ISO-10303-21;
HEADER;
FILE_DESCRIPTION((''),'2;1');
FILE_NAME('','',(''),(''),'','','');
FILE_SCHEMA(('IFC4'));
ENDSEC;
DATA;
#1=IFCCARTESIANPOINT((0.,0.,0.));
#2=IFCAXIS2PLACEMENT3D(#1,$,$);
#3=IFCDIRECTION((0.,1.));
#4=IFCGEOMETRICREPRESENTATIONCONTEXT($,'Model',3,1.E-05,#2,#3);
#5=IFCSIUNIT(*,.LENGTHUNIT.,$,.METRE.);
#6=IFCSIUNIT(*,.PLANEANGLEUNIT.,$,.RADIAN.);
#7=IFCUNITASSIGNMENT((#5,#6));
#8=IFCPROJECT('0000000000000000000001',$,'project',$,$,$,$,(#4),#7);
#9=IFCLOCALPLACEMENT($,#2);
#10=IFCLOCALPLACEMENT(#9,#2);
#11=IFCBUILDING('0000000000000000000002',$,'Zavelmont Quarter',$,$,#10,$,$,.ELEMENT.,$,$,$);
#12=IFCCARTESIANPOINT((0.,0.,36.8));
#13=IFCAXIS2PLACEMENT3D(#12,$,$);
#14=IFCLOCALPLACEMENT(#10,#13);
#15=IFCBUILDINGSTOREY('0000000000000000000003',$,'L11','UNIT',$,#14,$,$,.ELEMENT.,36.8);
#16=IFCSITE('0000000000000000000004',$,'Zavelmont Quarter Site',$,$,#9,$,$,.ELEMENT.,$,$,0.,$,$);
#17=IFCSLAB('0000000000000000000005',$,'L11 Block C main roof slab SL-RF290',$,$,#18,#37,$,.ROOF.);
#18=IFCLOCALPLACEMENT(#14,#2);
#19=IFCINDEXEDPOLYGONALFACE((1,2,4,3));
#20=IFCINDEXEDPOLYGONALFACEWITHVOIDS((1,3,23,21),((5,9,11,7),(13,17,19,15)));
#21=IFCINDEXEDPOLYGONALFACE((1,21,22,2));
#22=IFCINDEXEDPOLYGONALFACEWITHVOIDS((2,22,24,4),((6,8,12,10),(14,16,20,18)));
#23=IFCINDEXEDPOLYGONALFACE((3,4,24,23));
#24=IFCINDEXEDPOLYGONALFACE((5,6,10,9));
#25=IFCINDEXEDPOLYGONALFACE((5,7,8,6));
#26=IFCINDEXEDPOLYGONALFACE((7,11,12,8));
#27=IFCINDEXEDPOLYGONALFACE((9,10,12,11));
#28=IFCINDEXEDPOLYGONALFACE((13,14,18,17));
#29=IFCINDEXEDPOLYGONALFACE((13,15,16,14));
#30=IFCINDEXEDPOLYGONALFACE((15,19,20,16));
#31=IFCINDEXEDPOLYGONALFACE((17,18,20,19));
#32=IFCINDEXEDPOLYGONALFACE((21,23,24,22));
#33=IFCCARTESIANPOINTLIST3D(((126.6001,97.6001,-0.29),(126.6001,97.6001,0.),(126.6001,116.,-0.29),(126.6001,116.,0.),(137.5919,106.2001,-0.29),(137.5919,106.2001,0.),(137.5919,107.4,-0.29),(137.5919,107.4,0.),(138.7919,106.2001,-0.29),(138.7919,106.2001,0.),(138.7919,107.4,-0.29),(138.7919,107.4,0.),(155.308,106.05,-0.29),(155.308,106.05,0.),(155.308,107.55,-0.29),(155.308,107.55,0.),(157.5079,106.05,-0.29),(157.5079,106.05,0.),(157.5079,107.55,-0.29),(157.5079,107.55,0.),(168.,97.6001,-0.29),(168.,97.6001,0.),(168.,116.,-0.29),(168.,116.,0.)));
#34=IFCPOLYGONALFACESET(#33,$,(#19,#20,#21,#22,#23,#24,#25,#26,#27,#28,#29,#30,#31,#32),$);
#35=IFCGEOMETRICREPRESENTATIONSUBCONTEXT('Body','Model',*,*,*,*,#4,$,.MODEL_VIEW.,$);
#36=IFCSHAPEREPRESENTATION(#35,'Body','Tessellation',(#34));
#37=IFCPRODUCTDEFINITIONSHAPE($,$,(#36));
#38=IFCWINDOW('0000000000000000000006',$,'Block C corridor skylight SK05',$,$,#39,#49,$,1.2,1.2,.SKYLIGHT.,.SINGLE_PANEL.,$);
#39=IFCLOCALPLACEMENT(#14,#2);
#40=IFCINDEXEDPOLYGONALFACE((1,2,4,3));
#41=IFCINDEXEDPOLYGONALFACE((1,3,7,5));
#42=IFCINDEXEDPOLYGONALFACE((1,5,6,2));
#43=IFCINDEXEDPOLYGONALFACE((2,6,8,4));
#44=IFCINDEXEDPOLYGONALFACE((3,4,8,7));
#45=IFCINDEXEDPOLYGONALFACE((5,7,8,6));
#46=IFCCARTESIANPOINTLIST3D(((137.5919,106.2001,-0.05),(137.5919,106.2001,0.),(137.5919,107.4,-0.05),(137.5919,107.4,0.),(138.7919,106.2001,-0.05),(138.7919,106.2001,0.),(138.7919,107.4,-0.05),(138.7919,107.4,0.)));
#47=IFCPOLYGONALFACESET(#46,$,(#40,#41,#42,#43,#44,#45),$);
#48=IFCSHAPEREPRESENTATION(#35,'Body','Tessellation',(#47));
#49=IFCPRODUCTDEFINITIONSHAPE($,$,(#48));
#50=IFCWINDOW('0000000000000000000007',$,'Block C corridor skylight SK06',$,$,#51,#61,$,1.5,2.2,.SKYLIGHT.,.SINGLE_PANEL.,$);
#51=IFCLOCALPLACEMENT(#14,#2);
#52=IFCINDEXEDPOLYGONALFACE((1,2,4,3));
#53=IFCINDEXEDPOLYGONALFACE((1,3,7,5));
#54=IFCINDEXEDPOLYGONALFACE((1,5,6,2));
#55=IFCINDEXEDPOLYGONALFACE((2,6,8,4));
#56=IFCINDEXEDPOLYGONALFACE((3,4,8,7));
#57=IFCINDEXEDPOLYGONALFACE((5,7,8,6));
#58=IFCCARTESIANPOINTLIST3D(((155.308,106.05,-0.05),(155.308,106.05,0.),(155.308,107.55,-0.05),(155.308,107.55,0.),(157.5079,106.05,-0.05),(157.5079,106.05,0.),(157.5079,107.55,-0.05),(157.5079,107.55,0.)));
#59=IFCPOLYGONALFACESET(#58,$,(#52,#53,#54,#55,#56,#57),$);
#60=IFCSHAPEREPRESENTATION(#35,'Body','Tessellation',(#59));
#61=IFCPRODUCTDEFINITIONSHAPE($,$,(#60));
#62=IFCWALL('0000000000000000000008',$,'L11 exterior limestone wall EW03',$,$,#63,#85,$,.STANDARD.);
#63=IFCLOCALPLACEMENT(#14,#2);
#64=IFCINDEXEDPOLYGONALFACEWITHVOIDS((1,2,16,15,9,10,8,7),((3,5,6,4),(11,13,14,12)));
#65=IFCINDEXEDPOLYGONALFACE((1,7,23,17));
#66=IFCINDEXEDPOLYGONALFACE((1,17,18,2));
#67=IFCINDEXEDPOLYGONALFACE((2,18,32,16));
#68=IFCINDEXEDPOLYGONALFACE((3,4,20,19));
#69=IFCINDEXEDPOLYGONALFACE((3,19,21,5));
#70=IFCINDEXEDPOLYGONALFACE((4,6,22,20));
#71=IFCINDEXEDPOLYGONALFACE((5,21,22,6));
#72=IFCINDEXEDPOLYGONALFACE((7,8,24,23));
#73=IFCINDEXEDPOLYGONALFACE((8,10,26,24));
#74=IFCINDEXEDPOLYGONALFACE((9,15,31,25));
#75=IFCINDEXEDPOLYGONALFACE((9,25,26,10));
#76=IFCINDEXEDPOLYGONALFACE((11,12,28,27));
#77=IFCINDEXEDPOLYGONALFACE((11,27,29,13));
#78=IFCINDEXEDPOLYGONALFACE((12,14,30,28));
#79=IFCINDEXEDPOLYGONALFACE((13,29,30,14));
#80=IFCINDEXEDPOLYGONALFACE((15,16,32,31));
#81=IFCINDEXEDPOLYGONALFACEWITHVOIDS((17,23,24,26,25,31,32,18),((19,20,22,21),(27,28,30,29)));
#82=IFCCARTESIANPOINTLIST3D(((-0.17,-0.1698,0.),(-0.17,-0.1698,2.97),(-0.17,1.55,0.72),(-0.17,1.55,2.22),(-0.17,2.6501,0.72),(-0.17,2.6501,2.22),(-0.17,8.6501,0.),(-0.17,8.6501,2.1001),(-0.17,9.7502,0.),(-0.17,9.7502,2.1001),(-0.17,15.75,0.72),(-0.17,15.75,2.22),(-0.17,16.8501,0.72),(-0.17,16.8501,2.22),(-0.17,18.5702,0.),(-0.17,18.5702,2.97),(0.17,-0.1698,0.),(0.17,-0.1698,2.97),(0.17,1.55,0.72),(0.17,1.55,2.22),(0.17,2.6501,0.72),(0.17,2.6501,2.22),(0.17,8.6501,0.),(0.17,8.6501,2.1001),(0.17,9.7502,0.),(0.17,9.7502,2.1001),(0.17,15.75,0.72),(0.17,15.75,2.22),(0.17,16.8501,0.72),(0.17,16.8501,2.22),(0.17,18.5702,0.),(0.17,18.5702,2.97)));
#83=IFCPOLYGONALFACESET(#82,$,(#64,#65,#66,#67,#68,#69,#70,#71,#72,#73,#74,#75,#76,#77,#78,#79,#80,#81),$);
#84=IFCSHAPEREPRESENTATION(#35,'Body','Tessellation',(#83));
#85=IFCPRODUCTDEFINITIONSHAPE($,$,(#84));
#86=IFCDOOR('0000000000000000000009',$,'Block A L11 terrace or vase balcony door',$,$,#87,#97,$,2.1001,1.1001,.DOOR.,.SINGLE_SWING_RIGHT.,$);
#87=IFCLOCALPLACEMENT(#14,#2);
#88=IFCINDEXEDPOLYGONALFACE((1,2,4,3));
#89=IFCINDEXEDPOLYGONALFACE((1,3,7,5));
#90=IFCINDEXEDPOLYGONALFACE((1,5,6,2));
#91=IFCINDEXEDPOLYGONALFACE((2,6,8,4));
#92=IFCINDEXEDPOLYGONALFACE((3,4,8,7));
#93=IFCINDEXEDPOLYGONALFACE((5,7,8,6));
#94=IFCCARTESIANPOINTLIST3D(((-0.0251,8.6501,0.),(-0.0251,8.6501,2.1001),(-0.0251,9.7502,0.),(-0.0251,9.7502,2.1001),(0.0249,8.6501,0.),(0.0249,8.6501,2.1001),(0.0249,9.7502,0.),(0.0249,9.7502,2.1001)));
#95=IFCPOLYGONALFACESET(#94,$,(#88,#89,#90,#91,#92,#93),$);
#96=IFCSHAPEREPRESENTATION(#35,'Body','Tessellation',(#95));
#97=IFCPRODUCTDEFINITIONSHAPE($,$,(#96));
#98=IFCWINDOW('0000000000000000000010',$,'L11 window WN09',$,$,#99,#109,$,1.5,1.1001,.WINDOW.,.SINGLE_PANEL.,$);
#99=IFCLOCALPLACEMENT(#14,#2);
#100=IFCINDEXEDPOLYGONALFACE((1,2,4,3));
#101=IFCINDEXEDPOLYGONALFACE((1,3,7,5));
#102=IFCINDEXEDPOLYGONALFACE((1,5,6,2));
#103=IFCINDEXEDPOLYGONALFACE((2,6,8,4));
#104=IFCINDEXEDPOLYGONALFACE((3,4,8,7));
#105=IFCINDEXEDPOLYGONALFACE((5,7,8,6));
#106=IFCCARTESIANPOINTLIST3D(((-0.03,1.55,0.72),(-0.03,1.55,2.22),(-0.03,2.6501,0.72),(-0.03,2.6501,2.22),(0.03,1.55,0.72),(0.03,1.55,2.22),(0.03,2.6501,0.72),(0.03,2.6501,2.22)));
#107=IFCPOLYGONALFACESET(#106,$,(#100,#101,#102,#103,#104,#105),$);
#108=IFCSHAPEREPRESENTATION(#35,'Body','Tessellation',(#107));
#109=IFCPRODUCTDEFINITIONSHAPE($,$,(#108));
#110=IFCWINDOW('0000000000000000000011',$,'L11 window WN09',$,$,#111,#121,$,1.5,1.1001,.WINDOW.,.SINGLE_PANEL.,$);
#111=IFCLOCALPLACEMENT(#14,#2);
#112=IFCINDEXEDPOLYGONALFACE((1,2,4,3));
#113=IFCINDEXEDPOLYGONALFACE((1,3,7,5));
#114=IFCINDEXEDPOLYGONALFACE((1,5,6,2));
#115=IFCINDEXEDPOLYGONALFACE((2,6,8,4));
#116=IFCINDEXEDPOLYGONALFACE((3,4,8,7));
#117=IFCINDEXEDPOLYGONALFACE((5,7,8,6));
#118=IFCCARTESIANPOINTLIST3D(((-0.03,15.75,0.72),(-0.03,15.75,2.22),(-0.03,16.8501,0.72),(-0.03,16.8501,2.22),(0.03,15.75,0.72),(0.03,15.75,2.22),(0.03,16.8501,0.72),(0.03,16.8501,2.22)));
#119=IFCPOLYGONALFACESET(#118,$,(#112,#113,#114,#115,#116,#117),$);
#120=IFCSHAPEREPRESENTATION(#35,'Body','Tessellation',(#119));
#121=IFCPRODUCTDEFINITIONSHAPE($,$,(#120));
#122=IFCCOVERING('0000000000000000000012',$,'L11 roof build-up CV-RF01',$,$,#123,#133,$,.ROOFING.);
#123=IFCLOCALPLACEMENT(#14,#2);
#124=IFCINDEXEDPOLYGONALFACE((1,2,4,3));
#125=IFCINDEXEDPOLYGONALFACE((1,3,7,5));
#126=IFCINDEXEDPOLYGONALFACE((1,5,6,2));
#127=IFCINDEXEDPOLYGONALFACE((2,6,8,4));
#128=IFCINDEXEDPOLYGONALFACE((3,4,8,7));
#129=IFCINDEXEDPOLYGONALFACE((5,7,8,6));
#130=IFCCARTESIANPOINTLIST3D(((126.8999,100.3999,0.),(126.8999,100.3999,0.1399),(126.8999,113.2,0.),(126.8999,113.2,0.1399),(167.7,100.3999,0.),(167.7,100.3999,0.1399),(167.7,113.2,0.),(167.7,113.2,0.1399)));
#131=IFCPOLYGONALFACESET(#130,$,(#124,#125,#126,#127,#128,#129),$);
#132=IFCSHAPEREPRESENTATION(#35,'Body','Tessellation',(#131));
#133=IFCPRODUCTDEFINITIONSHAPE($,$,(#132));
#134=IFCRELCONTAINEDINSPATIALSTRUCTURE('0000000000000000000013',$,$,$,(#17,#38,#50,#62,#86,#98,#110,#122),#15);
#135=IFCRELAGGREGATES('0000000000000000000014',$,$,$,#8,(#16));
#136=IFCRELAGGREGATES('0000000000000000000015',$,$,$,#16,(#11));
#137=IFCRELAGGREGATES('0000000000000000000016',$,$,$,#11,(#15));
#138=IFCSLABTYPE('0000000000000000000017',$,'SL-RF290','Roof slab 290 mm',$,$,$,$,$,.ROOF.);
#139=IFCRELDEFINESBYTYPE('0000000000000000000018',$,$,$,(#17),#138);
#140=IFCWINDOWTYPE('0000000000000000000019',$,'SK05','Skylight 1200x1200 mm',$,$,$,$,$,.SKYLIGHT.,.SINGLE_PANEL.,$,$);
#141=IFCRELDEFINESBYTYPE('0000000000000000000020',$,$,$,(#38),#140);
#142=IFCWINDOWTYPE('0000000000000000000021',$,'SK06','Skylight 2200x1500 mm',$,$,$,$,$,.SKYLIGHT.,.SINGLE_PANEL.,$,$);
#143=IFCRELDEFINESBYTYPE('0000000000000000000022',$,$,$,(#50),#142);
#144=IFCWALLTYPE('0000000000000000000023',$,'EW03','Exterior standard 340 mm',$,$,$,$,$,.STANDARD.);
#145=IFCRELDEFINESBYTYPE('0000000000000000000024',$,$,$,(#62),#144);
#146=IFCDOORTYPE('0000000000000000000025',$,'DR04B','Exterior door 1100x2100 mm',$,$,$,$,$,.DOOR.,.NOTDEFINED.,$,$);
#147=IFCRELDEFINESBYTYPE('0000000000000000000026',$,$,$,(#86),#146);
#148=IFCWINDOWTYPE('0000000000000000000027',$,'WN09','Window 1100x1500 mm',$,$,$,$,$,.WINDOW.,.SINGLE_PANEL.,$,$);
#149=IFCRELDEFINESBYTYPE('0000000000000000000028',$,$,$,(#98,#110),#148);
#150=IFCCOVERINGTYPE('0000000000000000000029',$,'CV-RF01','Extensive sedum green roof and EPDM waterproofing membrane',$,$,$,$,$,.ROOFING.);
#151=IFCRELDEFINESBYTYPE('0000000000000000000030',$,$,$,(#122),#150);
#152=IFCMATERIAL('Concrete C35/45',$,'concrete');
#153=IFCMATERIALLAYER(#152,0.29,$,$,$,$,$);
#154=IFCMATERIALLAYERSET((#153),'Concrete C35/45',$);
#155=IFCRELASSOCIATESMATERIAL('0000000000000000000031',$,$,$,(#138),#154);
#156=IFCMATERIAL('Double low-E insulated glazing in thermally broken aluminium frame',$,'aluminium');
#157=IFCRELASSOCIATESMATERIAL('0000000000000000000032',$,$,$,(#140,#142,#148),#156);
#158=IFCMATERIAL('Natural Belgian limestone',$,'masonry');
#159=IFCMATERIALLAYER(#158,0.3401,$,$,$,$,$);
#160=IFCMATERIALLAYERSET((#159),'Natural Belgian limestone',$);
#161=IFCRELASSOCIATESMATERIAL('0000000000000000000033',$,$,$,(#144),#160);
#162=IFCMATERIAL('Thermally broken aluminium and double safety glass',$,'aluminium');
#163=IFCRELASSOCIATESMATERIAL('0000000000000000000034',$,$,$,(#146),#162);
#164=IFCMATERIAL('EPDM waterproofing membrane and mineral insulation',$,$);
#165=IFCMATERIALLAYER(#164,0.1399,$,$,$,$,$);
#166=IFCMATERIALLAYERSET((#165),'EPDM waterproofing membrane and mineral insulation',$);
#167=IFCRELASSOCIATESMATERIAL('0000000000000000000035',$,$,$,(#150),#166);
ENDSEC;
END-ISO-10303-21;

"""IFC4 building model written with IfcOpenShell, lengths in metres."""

from ifc_helpers import new_model, si_unit, direction, frame, frame_2d, origin, origin_with_axes, origin_2d, place, context, subcontext, project, spatial, polyline, rectangle, outline, extrude, material, layer, layer_set, type_object, element, fill, save


model = new_model("IFC4")

# Units and contexts
model_context = context("Model", 3, precision=1e-05, world=origin(), true_north=direction((0.0, 1.0)))
body_context = subcontext(model_context, "Body", "Model", "MODEL_VIEW")
ifc_project = project(units=[si_unit("LENGTHUNIT", "METRE"), si_unit("PLANEANGLEUNIT", "RADIAN")], contexts=[model_context])

# Site, building, storey
site_placement = place(None, origin())
site = spatial("IfcSite", under=ifc_project, at=site_placement, Name="Zavelmont Quarter Site", CompositionType="ELEMENT", RefElevation=0.0)
building_placement = place(site_placement, origin())
building = spatial("IfcBuilding", under=site, at=building_placement, Name="Zavelmont Quarter", CompositionType="ELEMENT")
storey_placement = place(building_placement, frame((0.0, 0.0, 36.8)))
storey = spatial("IfcBuildingStorey", under=building, at=storey_placement, Name="L11", Description="UNIT", CompositionType="ELEMENT", Elevation=36.8)

# Shared definitions
ifc_material_1 = material(Name="Concrete C35/45", Category="concrete")

# Slab, openings, windows
ifc_layer_1 = layer(ifc_material_1, 0.29)
ifc_layer_set_1 = layer_set([ifc_layer_1], Name="Concrete C35/45")
slab_type_1 = type_object("IfcSlabType", Name="SL-RF290", Description="Roof slab 290 mm", PredefinedType="ROOF", material=ifc_layer_set_1)
slab_1_placement = place(storey_placement, frame((0.0, 0.0, -0.29)))
slab_1 = element("IfcSlab", 1, at=slab_1_placement, inside=storey, type_object=slab_type_1, Name="L11 Block C main roof slab SL-RF290", PredefinedType="ROOF", context=body_context, shape_type="SweptSolid", body=[
    extrude(outline(polyline([(126.6001, 97.6001), (168.0, 97.6001), (168.0, 116.0), (126.6001, 116.0), (126.6001, 97.6001)])), origin(), (0.0, 0.0, 1.0), 0.29),
])
opening_1_placement = place(slab_1_placement, frame((138.1919, 106.8, 0.0)))
opening_1 = element("IfcOpeningElement", 2, at=opening_1_placement, cuts=slab_1, PredefinedType="OPENING", context=body_context, shape_type="SweptSolid", body=[
    extrude(rectangle(XDim=1.2, YDim=1.2, at=origin_2d()), frame((0.0, 0.0, -0.012)), (0.0, 0.0, 1.0), 0.314),
])
opening_2_placement = place(slab_1_placement, frame((156.408, 106.8, 0.0)))
opening_2 = element("IfcOpeningElement", 3, at=opening_2_placement, cuts=slab_1, PredefinedType="OPENING", context=body_context, shape_type="SweptSolid", body=[
    extrude(rectangle(XDim=2.2, YDim=1.5, at=origin_2d()), frame((0.0, 0.0, -0.012)), (0.0, 0.0, 1.0), 0.314),
])
ifc_material_2 = material(Name="Double low-E insulated glazing in thermally broken aluminium frame", Category="aluminium")
window_type_1 = type_object("IfcWindowType", Name="SK05", Description="Skylight 1200x1200 mm", PartitioningType="SINGLE_PANEL", PredefinedType="SKYLIGHT", material=ifc_material_2)
window_1_placement = place(opening_1_placement, frame((0.0, 0.0, 0.24)))
window_1 = element("IfcWindow", 4, at=window_1_placement, inside=storey, type_object=window_type_1, Name="Block C corridor skylight SK05", OverallHeight=1.2, OverallWidth=1.2, PartitioningType="SINGLE_PANEL", PredefinedType="SKYLIGHT", context=body_context, shape_type="SweptSolid", body=[
    extrude(rectangle(XDim=1.2, YDim=1.2, at=origin_2d()), origin(), (0.0, 0.0, 1.0), 0.05),
])
fill(opening_1, window_1)
window_type_2 = type_object("IfcWindowType", Name="SK06", Description="Skylight 2200x1500 mm", PartitioningType="SINGLE_PANEL", PredefinedType="SKYLIGHT", material=ifc_material_2)
window_2_placement = place(opening_2_placement, frame((0.0, 0.0, 0.24)))
window_2 = element("IfcWindow", 5, at=window_2_placement, inside=storey, type_object=window_type_2, Name="Block C corridor skylight SK06", OverallHeight=1.5, OverallWidth=2.2, PartitioningType="SINGLE_PANEL", PredefinedType="SKYLIGHT", context=body_context, shape_type="SweptSolid", body=[
    extrude(rectangle(XDim=2.2, YDim=1.5, at=origin_2d()), origin(), (0.0, 0.0, 1.0), 0.05),
])
fill(opening_2, window_2)

# Wall, openings, door, windows
ifc_material_3 = material(Name="Natural Belgian limestone", Category="masonry")
ifc_layer_2 = layer(ifc_material_3, 0.3401)
ifc_layer_set_2 = layer_set([ifc_layer_2], Name="Natural Belgian limestone")
wall_type = type_object("IfcWallType", Name="EW03", Description="Exterior standard 340 mm", PredefinedType="STANDARD", material=ifc_layer_set_2)
wall_placement = place(storey_placement, frame((0.0, -0.1699, 0.0), z_axis=(0.0, 0.0, 1.0), x_axis=(0.0, 1.0, 0.0)))
wall = element("IfcWall", 6, at=wall_placement, inside=storey, type_object=wall_type, Name="L11 exterior limestone wall EW03", PredefinedType="STANDARD", context=body_context, shape_type="SweptSolid", body=[
    extrude(rectangle(XDim=18.74, YDim=0.3401, at=frame_2d((9.3701, 0.0))), origin(), (0.0, 0.0, 1.0), 2.97),
])
opening_3_placement = place(wall_placement, frame((8.8201, 0.0, 0.0)))
opening_3 = element("IfcOpeningElement", 7, at=opening_3_placement, cuts=wall, PredefinedType="OPENING", context=body_context, shape_type="SweptSolid", body=[
    extrude(rectangle(XDim=1.1001, YDim=2.1001, at=frame_2d((0.55, 1.05))), frame((0.0, 0.1821, 0.0), z_axis=(0.0, -1.0, 0.0), x_axis=(1.0, 0.0, 0.0)), (0.0, 0.0, 1.0), 0.364),
])
opening_4_placement = place(wall_placement, frame((1.72, 0.0, 0.72)))
opening_4 = element("IfcOpeningElement", 8, at=opening_4_placement, cuts=wall, PredefinedType="OPENING", context=body_context, shape_type="SweptSolid", body=[
    extrude(rectangle(XDim=1.1001, YDim=1.5, at=frame_2d((0.55, 0.75))), frame((0.0, 0.1821, 0.0), z_axis=(0.0, -1.0, 0.0), x_axis=(1.0, 0.0, 0.0)), (0.0, 0.0, 1.0), 0.364),
])
opening_5_placement = place(wall_placement, frame((15.9199, 0.0, 0.72)))
opening_5 = element("IfcOpeningElement", 9, at=opening_5_placement, cuts=wall, PredefinedType="OPENING", context=body_context, shape_type="SweptSolid", body=[
    extrude(rectangle(XDim=1.1001, YDim=1.5, at=frame_2d((0.55, 0.75))), frame((0.0, 0.1821, 0.0), z_axis=(0.0, -1.0, 0.0), x_axis=(1.0, 0.0, 0.0)), (0.0, 0.0, 1.0), 0.364),
])
ifc_material_4 = material(Name="Thermally broken aluminium and double safety glass", Category="aluminium")
door_type = type_object("IfcDoorType", Name="DR04B", Description="Exterior door 1100x2100 mm", OperationType="NOTDEFINED", PredefinedType="DOOR", material=ifc_material_4)
door_placement = place(opening_3_placement, frame((1.1001, 0.0, 0.0), z_axis=(0.0, 0.0, 1.0), x_axis=(-1.0, 0.0, 0.0)))
door = element("IfcDoor", 10, at=door_placement, inside=storey, type_object=door_type, Name="Block A L11 terrace or vase balcony door", OperationType="SINGLE_SWING_RIGHT", OverallHeight=2.1001, OverallWidth=1.1001, PredefinedType="DOOR", context=body_context, shape_type="SweptSolid", body=[
    extrude(rectangle(XDim=1.1001, YDim=2.1001, at=frame_2d((0.55, 1.05))), frame((0.0, 0.0249, 0.0), z_axis=(0.0, -1.0, 0.0), x_axis=(1.0, 0.0, 0.0)), (0.0, 0.0, 1.0), 0.05),
])
fill(opening_3, door)
window_type_3 = type_object("IfcWindowType", Name="WN09", Description="Window 1100x1500 mm", PartitioningType="SINGLE_PANEL", PredefinedType="WINDOW", material=ifc_material_2)
window_3_placement = place(opening_4_placement, origin_with_axes())
window_3 = element("IfcWindow", 11, at=window_3_placement, inside=storey, type_object=window_type_3, Name="L11 window WN09", OverallHeight=1.5, OverallWidth=1.1001, PartitioningType="SINGLE_PANEL", PredefinedType="WINDOW", context=body_context, shape_type="SweptSolid", body=[
    extrude(rectangle(XDim=1.1001, YDim=1.5, at=frame_2d((0.55, 0.75))), frame((0.0, 0.03, 0.0), z_axis=(0.0, -1.0, 0.0), x_axis=(1.0, 0.0, 0.0)), (0.0, 0.0, 1.0), 0.0601),
])
fill(opening_4, window_3)
window_4_placement = place(opening_5_placement, origin_with_axes())
window_4 = element("IfcWindow", 12, at=window_4_placement, inside=storey, type_object=window_type_3, Name="L11 window WN09", OverallHeight=1.5, OverallWidth=1.1001, PartitioningType="SINGLE_PANEL", PredefinedType="WINDOW", context=body_context, shape_type="SweptSolid", body=[
    extrude(rectangle(XDim=1.1001, YDim=1.5, at=frame_2d((0.55, 0.75))), frame((0.0, 0.03, 0.0), z_axis=(0.0, -1.0, 0.0), x_axis=(1.0, 0.0, 0.0)), (0.0, 0.0, 1.0), 0.0601),
])
fill(opening_5, window_4)

# Covering
ifc_material_5 = material(Name="EPDM waterproofing membrane and mineral insulation")
ifc_layer_3 = layer(ifc_material_5, 0.1399)
ifc_layer_set_3 = layer_set([ifc_layer_3], Name="EPDM waterproofing membrane and mineral insulation")
covering_type = type_object("IfcCoveringType", Name="CV-RF01", Description="Extensive sedum green roof and EPDM waterproofing membrane", PredefinedType="ROOFING", material=ifc_layer_set_3)
covering_placement = place(storey_placement, origin())
element("IfcCovering", 13, at=covering_placement, inside=storey, type_object=covering_type, Name="L11 roof build-up CV-RF01", PredefinedType="ROOFING", context=body_context, shape_type="SweptSolid", body=[
    extrude(outline(polyline([(126.8999, 100.3999), (167.7, 100.3999), (167.7, 113.2), (126.8999, 113.2), (126.8999, 100.3999)])), origin(), (0.0, 0.0, 1.0), 0.1399),
])

save(model, "model.ifc")
